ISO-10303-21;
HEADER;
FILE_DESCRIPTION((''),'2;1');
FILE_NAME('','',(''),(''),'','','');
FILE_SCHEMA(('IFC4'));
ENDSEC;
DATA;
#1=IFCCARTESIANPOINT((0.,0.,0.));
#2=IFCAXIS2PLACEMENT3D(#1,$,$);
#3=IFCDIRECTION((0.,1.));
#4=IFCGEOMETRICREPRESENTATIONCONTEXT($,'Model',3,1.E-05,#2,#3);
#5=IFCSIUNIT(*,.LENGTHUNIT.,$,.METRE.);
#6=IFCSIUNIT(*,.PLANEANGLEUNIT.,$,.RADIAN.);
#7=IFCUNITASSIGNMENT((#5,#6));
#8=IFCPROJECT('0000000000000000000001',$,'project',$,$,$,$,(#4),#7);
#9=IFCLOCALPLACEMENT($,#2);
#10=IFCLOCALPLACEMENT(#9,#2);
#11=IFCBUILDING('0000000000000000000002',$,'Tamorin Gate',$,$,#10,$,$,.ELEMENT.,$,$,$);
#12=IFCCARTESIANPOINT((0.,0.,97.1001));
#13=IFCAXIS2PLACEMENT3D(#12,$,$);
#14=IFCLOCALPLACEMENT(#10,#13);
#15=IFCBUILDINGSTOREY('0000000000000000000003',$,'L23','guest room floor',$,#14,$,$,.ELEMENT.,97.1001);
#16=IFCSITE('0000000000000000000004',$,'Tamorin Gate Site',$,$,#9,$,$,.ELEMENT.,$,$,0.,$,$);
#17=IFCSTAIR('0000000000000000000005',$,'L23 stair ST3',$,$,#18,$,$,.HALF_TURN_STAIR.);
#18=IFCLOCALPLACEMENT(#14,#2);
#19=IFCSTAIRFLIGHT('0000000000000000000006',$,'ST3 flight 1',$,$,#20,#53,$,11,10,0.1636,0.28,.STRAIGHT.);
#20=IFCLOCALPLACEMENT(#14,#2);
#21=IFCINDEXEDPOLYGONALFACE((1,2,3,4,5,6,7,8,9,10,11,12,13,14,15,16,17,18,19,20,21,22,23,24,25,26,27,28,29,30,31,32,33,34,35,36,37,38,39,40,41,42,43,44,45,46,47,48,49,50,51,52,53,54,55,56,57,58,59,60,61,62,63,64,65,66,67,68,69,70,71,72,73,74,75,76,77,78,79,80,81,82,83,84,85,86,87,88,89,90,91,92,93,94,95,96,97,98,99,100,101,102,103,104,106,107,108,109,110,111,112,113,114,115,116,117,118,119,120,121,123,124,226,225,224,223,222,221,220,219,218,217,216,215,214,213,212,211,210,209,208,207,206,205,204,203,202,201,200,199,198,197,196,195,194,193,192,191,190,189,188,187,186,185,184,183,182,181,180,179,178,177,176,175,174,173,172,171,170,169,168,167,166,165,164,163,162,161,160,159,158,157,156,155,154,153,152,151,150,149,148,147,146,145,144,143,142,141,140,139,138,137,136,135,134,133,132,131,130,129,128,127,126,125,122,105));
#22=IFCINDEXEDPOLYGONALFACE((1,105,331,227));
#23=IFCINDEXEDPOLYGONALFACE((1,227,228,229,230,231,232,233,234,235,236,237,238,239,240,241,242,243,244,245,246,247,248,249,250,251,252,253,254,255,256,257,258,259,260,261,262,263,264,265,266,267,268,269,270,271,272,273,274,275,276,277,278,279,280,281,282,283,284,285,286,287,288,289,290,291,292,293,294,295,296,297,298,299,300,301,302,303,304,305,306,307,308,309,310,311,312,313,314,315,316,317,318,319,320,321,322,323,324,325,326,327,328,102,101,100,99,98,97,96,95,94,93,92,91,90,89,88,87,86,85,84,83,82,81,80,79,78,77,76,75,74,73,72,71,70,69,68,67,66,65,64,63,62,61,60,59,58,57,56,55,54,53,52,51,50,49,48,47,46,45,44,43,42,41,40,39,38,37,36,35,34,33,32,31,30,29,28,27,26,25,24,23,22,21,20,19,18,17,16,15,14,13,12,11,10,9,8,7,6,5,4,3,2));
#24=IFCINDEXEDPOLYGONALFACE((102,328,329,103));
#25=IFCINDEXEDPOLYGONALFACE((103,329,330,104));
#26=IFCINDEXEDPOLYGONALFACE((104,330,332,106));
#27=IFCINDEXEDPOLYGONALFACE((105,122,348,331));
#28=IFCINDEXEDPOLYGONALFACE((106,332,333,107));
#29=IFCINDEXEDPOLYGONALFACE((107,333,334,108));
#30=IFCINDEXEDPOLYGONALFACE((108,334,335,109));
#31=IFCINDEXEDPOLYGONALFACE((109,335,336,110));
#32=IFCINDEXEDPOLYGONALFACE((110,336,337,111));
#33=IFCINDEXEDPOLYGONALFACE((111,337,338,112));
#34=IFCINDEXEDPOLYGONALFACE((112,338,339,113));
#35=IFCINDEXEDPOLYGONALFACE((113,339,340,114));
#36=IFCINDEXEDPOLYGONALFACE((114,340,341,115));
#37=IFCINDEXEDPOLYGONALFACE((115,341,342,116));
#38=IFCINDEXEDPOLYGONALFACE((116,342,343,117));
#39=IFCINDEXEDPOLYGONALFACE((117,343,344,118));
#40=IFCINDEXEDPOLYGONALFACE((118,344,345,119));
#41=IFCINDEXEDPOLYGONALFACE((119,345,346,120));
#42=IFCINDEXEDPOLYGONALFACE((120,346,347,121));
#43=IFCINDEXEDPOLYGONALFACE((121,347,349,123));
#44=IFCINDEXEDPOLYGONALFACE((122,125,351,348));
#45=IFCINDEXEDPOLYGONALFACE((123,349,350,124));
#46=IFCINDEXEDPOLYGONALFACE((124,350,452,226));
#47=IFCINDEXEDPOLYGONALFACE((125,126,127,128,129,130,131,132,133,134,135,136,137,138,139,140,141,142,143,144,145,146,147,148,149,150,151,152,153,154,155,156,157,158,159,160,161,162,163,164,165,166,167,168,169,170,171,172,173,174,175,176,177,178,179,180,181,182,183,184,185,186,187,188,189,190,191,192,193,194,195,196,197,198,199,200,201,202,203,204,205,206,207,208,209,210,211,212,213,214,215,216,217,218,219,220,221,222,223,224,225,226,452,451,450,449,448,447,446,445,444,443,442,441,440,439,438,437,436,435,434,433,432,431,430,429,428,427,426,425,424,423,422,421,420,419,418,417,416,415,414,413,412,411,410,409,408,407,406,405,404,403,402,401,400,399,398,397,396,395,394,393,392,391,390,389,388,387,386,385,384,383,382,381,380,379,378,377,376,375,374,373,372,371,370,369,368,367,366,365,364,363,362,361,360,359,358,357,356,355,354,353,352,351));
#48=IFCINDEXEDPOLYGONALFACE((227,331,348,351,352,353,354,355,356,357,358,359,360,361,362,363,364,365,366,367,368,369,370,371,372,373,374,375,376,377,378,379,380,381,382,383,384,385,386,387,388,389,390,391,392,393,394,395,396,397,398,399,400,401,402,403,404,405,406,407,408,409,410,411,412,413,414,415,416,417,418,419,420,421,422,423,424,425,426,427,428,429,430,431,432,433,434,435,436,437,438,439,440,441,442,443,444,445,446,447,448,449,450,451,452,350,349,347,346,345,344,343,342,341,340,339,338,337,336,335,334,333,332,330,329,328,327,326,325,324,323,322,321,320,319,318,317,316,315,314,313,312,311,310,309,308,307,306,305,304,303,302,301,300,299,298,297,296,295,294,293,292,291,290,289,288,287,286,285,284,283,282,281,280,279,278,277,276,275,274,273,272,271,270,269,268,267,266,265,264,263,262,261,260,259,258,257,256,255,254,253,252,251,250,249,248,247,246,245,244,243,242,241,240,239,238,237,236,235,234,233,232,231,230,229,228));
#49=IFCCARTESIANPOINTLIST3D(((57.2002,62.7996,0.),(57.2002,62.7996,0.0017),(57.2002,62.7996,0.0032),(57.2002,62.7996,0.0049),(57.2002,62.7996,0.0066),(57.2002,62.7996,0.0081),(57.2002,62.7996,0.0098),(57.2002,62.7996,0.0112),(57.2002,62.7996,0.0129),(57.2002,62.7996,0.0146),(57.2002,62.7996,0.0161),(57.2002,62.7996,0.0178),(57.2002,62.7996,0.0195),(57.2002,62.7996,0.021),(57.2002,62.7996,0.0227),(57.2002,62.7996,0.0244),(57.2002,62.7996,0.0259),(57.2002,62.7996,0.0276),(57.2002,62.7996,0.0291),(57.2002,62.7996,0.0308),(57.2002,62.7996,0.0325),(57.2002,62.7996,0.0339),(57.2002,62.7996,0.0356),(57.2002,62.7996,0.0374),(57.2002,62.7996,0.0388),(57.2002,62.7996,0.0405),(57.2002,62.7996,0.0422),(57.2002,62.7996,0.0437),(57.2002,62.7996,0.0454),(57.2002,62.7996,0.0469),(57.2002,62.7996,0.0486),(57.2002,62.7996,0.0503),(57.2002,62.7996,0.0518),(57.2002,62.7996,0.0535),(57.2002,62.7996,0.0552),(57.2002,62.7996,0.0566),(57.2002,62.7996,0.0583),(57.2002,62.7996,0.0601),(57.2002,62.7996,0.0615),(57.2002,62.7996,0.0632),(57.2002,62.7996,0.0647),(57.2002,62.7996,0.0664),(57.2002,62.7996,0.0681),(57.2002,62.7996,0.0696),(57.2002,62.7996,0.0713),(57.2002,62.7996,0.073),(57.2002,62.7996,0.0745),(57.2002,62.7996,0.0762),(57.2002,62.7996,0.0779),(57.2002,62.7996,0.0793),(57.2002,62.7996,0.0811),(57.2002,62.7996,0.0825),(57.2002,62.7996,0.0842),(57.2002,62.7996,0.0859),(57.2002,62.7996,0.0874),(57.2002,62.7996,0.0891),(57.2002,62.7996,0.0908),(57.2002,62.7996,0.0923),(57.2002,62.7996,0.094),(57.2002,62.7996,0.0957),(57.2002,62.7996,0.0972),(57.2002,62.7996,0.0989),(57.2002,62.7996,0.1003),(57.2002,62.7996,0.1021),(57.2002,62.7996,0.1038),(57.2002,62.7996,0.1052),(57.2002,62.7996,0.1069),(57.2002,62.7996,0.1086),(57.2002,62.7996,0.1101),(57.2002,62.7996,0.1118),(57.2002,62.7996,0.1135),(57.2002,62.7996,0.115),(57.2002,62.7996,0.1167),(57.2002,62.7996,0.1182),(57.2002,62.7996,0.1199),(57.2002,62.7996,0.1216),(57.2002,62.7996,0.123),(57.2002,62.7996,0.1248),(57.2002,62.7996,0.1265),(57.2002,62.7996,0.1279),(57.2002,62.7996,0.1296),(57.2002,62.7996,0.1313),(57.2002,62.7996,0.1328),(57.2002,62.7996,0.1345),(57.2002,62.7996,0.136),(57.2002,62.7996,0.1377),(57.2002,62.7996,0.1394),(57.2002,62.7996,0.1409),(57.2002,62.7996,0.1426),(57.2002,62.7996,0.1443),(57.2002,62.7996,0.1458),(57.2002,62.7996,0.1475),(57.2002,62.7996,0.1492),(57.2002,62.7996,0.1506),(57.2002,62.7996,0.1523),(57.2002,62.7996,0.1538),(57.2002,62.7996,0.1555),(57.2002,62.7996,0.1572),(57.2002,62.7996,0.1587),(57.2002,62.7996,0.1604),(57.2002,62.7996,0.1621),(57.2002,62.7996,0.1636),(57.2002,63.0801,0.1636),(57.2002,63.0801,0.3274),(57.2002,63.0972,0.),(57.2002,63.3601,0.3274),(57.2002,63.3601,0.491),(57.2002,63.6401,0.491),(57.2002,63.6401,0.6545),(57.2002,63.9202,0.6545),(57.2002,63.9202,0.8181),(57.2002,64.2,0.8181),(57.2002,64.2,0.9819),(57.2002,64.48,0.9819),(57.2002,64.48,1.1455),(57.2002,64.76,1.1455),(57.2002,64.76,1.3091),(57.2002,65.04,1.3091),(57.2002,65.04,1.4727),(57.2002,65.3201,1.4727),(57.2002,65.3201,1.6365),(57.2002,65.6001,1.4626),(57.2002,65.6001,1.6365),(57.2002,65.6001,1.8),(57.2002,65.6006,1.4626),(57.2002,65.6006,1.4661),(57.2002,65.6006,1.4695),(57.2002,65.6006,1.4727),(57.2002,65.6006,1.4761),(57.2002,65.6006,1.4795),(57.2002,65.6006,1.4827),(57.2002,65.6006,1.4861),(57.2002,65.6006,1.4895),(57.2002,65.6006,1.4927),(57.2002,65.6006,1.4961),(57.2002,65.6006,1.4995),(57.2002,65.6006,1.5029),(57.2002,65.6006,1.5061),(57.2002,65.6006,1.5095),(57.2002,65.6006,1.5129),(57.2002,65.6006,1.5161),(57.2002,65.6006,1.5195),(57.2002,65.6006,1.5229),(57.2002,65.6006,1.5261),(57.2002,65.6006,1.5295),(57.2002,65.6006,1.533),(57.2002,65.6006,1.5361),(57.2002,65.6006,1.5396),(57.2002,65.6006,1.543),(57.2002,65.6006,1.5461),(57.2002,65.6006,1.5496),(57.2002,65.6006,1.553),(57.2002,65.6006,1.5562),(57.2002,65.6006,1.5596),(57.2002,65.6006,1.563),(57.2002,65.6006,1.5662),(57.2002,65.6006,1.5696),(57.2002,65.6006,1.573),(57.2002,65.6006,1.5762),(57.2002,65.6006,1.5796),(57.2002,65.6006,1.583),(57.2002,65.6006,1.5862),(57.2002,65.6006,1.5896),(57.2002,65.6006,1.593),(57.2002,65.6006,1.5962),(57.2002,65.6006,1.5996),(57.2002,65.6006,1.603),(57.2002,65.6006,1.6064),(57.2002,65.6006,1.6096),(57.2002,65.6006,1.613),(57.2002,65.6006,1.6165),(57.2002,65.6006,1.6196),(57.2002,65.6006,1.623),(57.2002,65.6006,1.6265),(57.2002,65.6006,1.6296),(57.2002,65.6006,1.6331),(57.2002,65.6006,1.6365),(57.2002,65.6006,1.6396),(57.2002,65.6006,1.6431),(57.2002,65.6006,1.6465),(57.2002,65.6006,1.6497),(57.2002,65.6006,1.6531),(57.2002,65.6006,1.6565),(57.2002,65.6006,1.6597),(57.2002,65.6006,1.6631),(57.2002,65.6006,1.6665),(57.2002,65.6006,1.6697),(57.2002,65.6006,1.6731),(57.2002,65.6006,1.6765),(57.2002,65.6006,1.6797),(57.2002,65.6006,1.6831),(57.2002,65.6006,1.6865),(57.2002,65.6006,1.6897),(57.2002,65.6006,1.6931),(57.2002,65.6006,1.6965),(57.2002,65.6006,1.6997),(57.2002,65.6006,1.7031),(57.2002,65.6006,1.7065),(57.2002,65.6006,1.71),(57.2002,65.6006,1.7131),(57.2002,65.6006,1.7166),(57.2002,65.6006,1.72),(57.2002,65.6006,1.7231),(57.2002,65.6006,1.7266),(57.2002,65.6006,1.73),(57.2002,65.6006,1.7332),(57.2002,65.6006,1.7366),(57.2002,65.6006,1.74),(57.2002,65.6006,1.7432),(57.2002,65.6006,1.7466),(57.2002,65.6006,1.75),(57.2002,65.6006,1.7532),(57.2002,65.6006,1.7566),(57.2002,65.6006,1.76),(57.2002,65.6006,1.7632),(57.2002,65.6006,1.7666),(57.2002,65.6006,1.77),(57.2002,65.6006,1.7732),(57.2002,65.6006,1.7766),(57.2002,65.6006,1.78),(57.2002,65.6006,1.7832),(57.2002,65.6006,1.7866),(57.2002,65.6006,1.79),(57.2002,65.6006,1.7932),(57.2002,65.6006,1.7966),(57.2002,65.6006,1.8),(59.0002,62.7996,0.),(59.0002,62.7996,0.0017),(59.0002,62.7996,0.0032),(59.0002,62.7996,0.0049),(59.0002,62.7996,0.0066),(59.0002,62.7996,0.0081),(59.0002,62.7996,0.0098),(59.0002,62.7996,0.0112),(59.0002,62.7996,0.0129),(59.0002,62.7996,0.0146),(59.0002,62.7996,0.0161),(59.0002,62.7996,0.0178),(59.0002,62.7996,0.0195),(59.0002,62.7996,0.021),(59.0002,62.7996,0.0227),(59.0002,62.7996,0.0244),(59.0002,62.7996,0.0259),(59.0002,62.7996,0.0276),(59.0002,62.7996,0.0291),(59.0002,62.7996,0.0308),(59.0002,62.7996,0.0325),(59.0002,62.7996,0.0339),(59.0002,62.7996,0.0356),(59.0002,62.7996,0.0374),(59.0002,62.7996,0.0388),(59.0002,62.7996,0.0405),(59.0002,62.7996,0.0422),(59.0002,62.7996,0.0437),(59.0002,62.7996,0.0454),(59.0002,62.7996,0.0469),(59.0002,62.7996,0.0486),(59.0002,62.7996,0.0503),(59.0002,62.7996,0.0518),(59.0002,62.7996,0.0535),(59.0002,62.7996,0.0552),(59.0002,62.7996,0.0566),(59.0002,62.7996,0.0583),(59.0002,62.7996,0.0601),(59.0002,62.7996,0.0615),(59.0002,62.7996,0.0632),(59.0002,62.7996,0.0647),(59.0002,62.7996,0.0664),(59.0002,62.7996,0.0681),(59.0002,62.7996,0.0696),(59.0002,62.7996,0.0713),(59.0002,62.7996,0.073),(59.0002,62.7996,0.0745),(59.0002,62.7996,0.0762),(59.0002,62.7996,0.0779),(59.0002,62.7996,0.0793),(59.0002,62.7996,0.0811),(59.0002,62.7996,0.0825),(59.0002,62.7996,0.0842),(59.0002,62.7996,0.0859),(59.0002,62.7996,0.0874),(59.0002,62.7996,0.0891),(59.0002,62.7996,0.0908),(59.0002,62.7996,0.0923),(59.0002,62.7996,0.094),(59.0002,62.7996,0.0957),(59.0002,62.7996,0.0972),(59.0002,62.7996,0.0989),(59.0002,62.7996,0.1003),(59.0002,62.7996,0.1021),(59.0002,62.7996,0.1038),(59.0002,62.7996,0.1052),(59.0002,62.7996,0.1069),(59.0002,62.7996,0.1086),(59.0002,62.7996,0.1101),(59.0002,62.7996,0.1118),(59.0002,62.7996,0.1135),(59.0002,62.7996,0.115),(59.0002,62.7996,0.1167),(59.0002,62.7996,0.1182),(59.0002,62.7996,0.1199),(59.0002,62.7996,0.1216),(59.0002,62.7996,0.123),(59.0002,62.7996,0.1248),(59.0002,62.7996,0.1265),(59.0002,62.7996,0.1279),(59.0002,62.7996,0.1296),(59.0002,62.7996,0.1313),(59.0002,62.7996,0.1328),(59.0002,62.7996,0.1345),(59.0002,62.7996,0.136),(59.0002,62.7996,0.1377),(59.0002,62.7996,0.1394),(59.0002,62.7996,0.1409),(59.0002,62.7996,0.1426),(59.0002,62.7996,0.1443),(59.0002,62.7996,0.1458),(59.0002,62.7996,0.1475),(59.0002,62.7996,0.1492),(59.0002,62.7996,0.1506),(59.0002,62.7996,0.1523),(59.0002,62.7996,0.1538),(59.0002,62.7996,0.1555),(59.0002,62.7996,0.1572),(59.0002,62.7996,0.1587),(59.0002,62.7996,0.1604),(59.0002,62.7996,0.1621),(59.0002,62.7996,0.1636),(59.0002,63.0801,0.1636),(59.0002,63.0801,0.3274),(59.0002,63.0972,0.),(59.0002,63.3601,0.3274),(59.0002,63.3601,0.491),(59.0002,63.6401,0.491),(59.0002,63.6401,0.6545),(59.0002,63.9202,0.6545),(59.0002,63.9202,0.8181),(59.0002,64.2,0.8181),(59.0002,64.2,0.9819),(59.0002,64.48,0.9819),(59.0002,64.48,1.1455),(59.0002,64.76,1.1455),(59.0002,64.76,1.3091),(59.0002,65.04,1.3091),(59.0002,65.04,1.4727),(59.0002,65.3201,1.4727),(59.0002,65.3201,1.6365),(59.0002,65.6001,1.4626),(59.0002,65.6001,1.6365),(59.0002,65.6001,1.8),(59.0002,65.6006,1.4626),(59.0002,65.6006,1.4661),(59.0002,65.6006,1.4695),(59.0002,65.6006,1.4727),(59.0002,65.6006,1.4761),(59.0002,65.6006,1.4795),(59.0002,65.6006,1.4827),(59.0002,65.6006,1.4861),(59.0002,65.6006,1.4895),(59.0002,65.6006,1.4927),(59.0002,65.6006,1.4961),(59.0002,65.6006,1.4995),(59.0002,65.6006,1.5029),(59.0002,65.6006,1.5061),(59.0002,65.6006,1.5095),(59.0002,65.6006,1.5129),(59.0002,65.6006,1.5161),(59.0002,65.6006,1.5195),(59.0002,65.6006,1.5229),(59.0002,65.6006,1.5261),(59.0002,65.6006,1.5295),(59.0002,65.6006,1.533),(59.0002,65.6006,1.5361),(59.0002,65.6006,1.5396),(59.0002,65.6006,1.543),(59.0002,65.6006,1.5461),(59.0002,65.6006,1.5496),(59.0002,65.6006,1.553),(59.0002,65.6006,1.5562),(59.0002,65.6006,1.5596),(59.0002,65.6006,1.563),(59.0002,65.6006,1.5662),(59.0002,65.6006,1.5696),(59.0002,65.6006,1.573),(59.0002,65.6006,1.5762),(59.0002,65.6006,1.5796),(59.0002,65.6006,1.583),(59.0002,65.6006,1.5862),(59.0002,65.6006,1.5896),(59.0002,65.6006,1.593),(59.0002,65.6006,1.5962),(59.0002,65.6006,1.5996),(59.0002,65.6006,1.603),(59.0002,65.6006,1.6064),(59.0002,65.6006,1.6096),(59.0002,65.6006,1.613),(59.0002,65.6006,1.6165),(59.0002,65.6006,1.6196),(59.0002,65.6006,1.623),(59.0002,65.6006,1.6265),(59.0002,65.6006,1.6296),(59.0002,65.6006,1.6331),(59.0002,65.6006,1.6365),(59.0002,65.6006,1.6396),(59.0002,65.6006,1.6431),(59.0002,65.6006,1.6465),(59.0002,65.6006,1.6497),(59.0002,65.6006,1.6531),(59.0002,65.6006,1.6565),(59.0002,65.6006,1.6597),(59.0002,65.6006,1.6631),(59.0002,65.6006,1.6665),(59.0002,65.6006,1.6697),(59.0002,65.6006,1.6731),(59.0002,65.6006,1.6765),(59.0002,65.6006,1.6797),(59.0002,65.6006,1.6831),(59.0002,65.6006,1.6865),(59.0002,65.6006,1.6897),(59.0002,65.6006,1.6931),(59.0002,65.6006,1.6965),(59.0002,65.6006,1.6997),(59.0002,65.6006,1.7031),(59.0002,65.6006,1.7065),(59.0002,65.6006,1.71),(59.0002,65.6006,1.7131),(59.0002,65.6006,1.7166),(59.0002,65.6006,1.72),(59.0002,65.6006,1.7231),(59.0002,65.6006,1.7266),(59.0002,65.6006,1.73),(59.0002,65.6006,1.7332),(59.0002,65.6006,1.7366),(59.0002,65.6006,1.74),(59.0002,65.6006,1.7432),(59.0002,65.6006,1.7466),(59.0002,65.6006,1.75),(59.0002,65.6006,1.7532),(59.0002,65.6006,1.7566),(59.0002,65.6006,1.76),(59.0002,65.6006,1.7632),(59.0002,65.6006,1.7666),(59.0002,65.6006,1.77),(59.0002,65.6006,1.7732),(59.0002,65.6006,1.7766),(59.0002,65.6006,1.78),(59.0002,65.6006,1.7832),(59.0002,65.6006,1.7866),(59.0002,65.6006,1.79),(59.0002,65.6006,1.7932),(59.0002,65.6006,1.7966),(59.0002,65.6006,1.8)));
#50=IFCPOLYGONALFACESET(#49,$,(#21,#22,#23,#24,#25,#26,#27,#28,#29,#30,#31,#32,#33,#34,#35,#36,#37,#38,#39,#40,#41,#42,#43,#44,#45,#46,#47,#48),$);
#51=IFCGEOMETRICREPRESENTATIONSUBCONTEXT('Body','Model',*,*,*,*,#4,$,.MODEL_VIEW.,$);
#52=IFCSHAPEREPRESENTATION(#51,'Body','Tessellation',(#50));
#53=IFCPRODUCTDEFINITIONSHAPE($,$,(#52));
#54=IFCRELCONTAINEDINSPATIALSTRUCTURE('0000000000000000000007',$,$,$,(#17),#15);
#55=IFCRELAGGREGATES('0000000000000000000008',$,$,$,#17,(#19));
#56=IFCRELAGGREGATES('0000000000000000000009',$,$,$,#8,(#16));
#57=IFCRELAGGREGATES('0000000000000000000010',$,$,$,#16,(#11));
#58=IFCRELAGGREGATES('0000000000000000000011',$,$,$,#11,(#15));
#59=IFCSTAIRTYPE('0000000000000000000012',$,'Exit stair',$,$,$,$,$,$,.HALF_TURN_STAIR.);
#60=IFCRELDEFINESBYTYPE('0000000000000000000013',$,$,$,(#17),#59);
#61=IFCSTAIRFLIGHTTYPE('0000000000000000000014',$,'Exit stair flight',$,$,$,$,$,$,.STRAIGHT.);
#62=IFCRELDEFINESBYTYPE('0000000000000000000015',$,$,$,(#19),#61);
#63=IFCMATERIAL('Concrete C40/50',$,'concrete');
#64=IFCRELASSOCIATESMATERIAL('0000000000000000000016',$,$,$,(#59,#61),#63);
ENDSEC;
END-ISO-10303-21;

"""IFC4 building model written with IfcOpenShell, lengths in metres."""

from ifc_helpers import new_model, si_unit, direction, frame, origin, place, context, subcontext, project, spatial, polyline, outline, extrude, material, type_object, element, aggregate, save


model = new_model("IFC4")

# Units and contexts
model_context = context("Model", 3, precision=1e-05, world=origin(), true_north=direction((0.0, 1.0)))
body_context = subcontext(model_context, "Body", "Model", "MODEL_VIEW")
ifc_project = project(units=[si_unit("LENGTHUNIT", "METRE"), si_unit("PLANEANGLEUNIT", "RADIAN")], contexts=[model_context])

# Site, building, storey
site_placement = place(None, origin())
site = spatial("IfcSite", under=ifc_project, at=site_placement, Name="Tamorin Gate Site", CompositionType="ELEMENT", RefElevation=0.0)
building_placement = place(site_placement, origin())
building = spatial("IfcBuilding", under=site, at=building_placement, Name="Tamorin Gate", CompositionType="ELEMENT")
storey_placement = place(building_placement, frame((0.0, 0.0, 97.1001)))
storey = spatial("IfcBuildingStorey", under=building, at=storey_placement, Name="L23", Description="guest room floor", CompositionType="ELEMENT", Elevation=97.1001)

# Shared definitions
ifc_material_1 = material(Name="Concrete C40/50", Category="concrete")

# Stair, stair flight
stair_type = type_object("IfcStairType", Name="Exit stair", PredefinedType="HALF_TURN_STAIR", material=ifc_material_1)
stair_placement = place(storey_placement, origin())
stair = element("IfcStair", 1, at=stair_placement, inside=storey, type_object=stair_type, Name="L23 stair ST3", PredefinedType="HALF_TURN_STAIR")
stair_flight_type = type_object("IfcStairFlightType", Name="Exit stair flight", PredefinedType="STRAIGHT", material=ifc_material_1)
stair_flight_1_placement = place(storey_placement, frame((58.1001, 62.8, 0.0), z_axis=(0.0, 0.0, 1.0), x_axis=(0.0, 1.0, 0.0)))
stair_flight_1 = element("IfcStairFlight", 2, at=stair_flight_1_placement, type_object=stair_flight_type, Name="ST3 flight 1", NumberOfRisers=11, NumberOfTreads=10, PredefinedType="STRAIGHT", RiserHeight=0.1636, TreadLength=0.28, context=body_context, shape_type="SweptSolid", body=[
    extrude(outline(polyline([(-0.0005, 0.0), (-0.0005, 0.0017), (-0.0005, 0.0032), (-0.0005, 0.0049), (-0.0005, 0.0066), (-0.0005, 0.0081), (-0.0005, 0.0098), (-0.0005, 0.0112), (-0.0005, 0.0129), (-0.0005, 0.0146), (-0.0005, 0.0161), (-0.0005, 0.0178), (-0.0005, 0.0195), (-0.0005, 0.021), (-0.0005, 0.0227), (-0.0005, 0.0244), (-0.0005, 0.0259), (-0.0005, 0.0276), (-0.0005, 0.0291), (-0.0005, 0.0308), (-0.0005, 0.0325), (-0.0005, 0.0339), (-0.0005, 0.0356), (-0.0005, 0.0374), (-0.0005, 0.0388), (-0.0005, 0.0405), (-0.0005, 0.0422), (-0.0005, 0.0437), (-0.0005, 0.0454), (-0.0005, 0.0469), (-0.0005, 0.0486), (-0.0005, 0.0503), (-0.0005, 0.0518), (-0.0005, 0.0535), (-0.0005, 0.0552), (-0.0005, 0.0566), (-0.0005, 0.0583), (-0.0005, 0.0601), (-0.0005, 0.0615), (-0.0005, 0.0632), (-0.0005, 0.0647), (-0.0005, 0.0664), (-0.0005, 0.0681), (-0.0005, 0.0696), (-0.0005, 0.0713), (-0.0005, 0.073), (-0.0005, 0.0745), (-0.0005, 0.0762), (-0.0005, 0.0779), (-0.0005, 0.0793), (-0.0005, 0.0811), (-0.0005, 0.0825), (-0.0005, 0.0842), (-0.0005, 0.0859), (-0.0005, 0.0874), (-0.0005, 0.0891), (-0.0005, 0.0908), (-0.0005, 0.0923), (-0.0005, 0.094), (-0.0005, 0.0957), (-0.0005, 0.0972), (-0.0005, 0.0989), (-0.0005, 0.1003), (-0.0005, 0.1021), (-0.0005, 0.1038), (-0.0005, 0.1052), (-0.0005, 0.1069), (-0.0005, 0.1086), (-0.0005, 0.1101), (-0.0005, 0.1118), (-0.0005, 0.1135), (-0.0005, 0.115), (-0.0005, 0.1167), (-0.0005, 0.1182), (-0.0005, 0.1199), (-0.0005, 0.1216), (-0.0005, 0.123), (-0.0005, 0.1248), (-0.0005, 0.1265), (-0.0005, 0.1279), (-0.0005, 0.1296), (-0.0005, 0.1313), (-0.0005, 0.1328), (-0.0005, 0.1345), (-0.0005, 0.136), (-0.0005, 0.1377), (-0.0005, 0.1394), (-0.0005, 0.1409), (-0.0005, 0.1426), (-0.0005, 0.1443), (-0.0005, 0.1458), (-0.0005, 0.1475), (-0.0005, 0.1492), (-0.0005, 0.1506), (-0.0005, 0.1523), (-0.0005, 0.1538), (-0.0005, 0.1555), (-0.0005, 0.1572), (-0.0005, 0.1587), (-0.0005, 0.1604), (-0.0005, 0.1621), (-0.0005, 0.1636), (0.28, 0.1636), (0.28, 0.3274), (0.5601, 0.3274), (0.5601, 0.491), (0.8401, 0.491), (0.8401, 0.6545), (1.1201, 0.6545), (1.1201, 0.8181), (1.3999, 0.8181), (1.3999, 0.9819), (1.6799, 0.9819), (1.6799, 1.1455), (1.96, 1.1455), (1.96, 1.3091), (2.24, 1.3091), (2.24, 1.4727), (2.52, 1.4727), (2.52, 1.6365), (2.8, 1.6365), (2.8, 1.8), (2.8005, 1.8), (2.8005, 1.7966), (2.8005, 1.7932), (2.8005, 1.79), (2.8005, 1.7866), (2.8005, 1.7832), (2.8005, 1.78), (2.8005, 1.7766), (2.8005, 1.7732), (2.8005, 1.77), (2.8005, 1.7666), (2.8005, 1.7632), (2.8005, 1.76), (2.8005, 1.7566), (2.8005, 1.7532), (2.8005, 1.75), (2.8005, 1.7466), (2.8005, 1.7432), (2.8005, 1.74), (2.8005, 1.7366), (2.8005, 1.7332), (2.8005, 1.73), (2.8005, 1.7266), (2.8005, 1.7231), (2.8005, 1.72), (2.8005, 1.7166), (2.8005, 1.7131), (2.8005, 1.71), (2.8005, 1.7065), (2.8005, 1.7031), (2.8005, 1.6997), (2.8005, 1.6965), (2.8005, 1.6931), (2.8005, 1.6897), (2.8005, 1.6865), (2.8005, 1.6831), (2.8005, 1.6797), (2.8005, 1.6765), (2.8005, 1.6731), (2.8005, 1.6697), (2.8005, 1.6665), (2.8005, 1.6631), (2.8005, 1.6597), (2.8005, 1.6565), (2.8005, 1.6531), (2.8005, 1.6497), (2.8005, 1.6465), (2.8005, 1.6431), (2.8005, 1.6396), (2.8005, 1.6365), (2.8005, 1.6331), (2.8005, 1.6296), (2.8005, 1.6265), (2.8005, 1.623), (2.8005, 1.6196), (2.8005, 1.6165), (2.8005, 1.613), (2.8005, 1.6096), (2.8005, 1.6064), (2.8005, 1.603), (2.8005, 1.5996), (2.8005, 1.5962), (2.8005, 1.593), (2.8005, 1.5896), (2.8005, 1.5862), (2.8005, 1.583), (2.8005, 1.5796), (2.8005, 1.5762), (2.8005, 1.573), (2.8005, 1.5696), (2.8005, 1.5662), (2.8005, 1.563), (2.8005, 1.5596), (2.8005, 1.5562), (2.8005, 1.553), (2.8005, 1.5496), (2.8005, 1.5461), (2.8005, 1.543), (2.8005, 1.5396), (2.8005, 1.5361), (2.8005, 1.533), (2.8005, 1.5295), (2.8005, 1.5261), (2.8005, 1.5229), (2.8005, 1.5195), (2.8005, 1.5161), (2.8005, 1.5129), (2.8005, 1.5095), (2.8005, 1.5061), (2.8005, 1.5029), (2.8005, 1.4995), (2.8005, 1.4961), (2.8005, 1.4927), (2.8005, 1.4895), (2.8005, 1.4861), (2.8005, 1.4827), (2.8005, 1.4795), (2.8005, 1.4761), (2.8005, 1.4727), (2.8005, 1.4695), (2.8005, 1.4661), (2.8005, 1.4626), (2.8, 1.4626), (0.2971, 0.0), (-0.0005, 0.0)])), frame((0.0, 0.8999, 0.0), z_axis=(0.0, -1.0, 0.0), x_axis=(1.0, 0.0, 0.0)), (0.0, 0.0, 1.0), 1.8),
])
aggregate(stair, [stair_flight_1])

save(model, "model.ifc")
